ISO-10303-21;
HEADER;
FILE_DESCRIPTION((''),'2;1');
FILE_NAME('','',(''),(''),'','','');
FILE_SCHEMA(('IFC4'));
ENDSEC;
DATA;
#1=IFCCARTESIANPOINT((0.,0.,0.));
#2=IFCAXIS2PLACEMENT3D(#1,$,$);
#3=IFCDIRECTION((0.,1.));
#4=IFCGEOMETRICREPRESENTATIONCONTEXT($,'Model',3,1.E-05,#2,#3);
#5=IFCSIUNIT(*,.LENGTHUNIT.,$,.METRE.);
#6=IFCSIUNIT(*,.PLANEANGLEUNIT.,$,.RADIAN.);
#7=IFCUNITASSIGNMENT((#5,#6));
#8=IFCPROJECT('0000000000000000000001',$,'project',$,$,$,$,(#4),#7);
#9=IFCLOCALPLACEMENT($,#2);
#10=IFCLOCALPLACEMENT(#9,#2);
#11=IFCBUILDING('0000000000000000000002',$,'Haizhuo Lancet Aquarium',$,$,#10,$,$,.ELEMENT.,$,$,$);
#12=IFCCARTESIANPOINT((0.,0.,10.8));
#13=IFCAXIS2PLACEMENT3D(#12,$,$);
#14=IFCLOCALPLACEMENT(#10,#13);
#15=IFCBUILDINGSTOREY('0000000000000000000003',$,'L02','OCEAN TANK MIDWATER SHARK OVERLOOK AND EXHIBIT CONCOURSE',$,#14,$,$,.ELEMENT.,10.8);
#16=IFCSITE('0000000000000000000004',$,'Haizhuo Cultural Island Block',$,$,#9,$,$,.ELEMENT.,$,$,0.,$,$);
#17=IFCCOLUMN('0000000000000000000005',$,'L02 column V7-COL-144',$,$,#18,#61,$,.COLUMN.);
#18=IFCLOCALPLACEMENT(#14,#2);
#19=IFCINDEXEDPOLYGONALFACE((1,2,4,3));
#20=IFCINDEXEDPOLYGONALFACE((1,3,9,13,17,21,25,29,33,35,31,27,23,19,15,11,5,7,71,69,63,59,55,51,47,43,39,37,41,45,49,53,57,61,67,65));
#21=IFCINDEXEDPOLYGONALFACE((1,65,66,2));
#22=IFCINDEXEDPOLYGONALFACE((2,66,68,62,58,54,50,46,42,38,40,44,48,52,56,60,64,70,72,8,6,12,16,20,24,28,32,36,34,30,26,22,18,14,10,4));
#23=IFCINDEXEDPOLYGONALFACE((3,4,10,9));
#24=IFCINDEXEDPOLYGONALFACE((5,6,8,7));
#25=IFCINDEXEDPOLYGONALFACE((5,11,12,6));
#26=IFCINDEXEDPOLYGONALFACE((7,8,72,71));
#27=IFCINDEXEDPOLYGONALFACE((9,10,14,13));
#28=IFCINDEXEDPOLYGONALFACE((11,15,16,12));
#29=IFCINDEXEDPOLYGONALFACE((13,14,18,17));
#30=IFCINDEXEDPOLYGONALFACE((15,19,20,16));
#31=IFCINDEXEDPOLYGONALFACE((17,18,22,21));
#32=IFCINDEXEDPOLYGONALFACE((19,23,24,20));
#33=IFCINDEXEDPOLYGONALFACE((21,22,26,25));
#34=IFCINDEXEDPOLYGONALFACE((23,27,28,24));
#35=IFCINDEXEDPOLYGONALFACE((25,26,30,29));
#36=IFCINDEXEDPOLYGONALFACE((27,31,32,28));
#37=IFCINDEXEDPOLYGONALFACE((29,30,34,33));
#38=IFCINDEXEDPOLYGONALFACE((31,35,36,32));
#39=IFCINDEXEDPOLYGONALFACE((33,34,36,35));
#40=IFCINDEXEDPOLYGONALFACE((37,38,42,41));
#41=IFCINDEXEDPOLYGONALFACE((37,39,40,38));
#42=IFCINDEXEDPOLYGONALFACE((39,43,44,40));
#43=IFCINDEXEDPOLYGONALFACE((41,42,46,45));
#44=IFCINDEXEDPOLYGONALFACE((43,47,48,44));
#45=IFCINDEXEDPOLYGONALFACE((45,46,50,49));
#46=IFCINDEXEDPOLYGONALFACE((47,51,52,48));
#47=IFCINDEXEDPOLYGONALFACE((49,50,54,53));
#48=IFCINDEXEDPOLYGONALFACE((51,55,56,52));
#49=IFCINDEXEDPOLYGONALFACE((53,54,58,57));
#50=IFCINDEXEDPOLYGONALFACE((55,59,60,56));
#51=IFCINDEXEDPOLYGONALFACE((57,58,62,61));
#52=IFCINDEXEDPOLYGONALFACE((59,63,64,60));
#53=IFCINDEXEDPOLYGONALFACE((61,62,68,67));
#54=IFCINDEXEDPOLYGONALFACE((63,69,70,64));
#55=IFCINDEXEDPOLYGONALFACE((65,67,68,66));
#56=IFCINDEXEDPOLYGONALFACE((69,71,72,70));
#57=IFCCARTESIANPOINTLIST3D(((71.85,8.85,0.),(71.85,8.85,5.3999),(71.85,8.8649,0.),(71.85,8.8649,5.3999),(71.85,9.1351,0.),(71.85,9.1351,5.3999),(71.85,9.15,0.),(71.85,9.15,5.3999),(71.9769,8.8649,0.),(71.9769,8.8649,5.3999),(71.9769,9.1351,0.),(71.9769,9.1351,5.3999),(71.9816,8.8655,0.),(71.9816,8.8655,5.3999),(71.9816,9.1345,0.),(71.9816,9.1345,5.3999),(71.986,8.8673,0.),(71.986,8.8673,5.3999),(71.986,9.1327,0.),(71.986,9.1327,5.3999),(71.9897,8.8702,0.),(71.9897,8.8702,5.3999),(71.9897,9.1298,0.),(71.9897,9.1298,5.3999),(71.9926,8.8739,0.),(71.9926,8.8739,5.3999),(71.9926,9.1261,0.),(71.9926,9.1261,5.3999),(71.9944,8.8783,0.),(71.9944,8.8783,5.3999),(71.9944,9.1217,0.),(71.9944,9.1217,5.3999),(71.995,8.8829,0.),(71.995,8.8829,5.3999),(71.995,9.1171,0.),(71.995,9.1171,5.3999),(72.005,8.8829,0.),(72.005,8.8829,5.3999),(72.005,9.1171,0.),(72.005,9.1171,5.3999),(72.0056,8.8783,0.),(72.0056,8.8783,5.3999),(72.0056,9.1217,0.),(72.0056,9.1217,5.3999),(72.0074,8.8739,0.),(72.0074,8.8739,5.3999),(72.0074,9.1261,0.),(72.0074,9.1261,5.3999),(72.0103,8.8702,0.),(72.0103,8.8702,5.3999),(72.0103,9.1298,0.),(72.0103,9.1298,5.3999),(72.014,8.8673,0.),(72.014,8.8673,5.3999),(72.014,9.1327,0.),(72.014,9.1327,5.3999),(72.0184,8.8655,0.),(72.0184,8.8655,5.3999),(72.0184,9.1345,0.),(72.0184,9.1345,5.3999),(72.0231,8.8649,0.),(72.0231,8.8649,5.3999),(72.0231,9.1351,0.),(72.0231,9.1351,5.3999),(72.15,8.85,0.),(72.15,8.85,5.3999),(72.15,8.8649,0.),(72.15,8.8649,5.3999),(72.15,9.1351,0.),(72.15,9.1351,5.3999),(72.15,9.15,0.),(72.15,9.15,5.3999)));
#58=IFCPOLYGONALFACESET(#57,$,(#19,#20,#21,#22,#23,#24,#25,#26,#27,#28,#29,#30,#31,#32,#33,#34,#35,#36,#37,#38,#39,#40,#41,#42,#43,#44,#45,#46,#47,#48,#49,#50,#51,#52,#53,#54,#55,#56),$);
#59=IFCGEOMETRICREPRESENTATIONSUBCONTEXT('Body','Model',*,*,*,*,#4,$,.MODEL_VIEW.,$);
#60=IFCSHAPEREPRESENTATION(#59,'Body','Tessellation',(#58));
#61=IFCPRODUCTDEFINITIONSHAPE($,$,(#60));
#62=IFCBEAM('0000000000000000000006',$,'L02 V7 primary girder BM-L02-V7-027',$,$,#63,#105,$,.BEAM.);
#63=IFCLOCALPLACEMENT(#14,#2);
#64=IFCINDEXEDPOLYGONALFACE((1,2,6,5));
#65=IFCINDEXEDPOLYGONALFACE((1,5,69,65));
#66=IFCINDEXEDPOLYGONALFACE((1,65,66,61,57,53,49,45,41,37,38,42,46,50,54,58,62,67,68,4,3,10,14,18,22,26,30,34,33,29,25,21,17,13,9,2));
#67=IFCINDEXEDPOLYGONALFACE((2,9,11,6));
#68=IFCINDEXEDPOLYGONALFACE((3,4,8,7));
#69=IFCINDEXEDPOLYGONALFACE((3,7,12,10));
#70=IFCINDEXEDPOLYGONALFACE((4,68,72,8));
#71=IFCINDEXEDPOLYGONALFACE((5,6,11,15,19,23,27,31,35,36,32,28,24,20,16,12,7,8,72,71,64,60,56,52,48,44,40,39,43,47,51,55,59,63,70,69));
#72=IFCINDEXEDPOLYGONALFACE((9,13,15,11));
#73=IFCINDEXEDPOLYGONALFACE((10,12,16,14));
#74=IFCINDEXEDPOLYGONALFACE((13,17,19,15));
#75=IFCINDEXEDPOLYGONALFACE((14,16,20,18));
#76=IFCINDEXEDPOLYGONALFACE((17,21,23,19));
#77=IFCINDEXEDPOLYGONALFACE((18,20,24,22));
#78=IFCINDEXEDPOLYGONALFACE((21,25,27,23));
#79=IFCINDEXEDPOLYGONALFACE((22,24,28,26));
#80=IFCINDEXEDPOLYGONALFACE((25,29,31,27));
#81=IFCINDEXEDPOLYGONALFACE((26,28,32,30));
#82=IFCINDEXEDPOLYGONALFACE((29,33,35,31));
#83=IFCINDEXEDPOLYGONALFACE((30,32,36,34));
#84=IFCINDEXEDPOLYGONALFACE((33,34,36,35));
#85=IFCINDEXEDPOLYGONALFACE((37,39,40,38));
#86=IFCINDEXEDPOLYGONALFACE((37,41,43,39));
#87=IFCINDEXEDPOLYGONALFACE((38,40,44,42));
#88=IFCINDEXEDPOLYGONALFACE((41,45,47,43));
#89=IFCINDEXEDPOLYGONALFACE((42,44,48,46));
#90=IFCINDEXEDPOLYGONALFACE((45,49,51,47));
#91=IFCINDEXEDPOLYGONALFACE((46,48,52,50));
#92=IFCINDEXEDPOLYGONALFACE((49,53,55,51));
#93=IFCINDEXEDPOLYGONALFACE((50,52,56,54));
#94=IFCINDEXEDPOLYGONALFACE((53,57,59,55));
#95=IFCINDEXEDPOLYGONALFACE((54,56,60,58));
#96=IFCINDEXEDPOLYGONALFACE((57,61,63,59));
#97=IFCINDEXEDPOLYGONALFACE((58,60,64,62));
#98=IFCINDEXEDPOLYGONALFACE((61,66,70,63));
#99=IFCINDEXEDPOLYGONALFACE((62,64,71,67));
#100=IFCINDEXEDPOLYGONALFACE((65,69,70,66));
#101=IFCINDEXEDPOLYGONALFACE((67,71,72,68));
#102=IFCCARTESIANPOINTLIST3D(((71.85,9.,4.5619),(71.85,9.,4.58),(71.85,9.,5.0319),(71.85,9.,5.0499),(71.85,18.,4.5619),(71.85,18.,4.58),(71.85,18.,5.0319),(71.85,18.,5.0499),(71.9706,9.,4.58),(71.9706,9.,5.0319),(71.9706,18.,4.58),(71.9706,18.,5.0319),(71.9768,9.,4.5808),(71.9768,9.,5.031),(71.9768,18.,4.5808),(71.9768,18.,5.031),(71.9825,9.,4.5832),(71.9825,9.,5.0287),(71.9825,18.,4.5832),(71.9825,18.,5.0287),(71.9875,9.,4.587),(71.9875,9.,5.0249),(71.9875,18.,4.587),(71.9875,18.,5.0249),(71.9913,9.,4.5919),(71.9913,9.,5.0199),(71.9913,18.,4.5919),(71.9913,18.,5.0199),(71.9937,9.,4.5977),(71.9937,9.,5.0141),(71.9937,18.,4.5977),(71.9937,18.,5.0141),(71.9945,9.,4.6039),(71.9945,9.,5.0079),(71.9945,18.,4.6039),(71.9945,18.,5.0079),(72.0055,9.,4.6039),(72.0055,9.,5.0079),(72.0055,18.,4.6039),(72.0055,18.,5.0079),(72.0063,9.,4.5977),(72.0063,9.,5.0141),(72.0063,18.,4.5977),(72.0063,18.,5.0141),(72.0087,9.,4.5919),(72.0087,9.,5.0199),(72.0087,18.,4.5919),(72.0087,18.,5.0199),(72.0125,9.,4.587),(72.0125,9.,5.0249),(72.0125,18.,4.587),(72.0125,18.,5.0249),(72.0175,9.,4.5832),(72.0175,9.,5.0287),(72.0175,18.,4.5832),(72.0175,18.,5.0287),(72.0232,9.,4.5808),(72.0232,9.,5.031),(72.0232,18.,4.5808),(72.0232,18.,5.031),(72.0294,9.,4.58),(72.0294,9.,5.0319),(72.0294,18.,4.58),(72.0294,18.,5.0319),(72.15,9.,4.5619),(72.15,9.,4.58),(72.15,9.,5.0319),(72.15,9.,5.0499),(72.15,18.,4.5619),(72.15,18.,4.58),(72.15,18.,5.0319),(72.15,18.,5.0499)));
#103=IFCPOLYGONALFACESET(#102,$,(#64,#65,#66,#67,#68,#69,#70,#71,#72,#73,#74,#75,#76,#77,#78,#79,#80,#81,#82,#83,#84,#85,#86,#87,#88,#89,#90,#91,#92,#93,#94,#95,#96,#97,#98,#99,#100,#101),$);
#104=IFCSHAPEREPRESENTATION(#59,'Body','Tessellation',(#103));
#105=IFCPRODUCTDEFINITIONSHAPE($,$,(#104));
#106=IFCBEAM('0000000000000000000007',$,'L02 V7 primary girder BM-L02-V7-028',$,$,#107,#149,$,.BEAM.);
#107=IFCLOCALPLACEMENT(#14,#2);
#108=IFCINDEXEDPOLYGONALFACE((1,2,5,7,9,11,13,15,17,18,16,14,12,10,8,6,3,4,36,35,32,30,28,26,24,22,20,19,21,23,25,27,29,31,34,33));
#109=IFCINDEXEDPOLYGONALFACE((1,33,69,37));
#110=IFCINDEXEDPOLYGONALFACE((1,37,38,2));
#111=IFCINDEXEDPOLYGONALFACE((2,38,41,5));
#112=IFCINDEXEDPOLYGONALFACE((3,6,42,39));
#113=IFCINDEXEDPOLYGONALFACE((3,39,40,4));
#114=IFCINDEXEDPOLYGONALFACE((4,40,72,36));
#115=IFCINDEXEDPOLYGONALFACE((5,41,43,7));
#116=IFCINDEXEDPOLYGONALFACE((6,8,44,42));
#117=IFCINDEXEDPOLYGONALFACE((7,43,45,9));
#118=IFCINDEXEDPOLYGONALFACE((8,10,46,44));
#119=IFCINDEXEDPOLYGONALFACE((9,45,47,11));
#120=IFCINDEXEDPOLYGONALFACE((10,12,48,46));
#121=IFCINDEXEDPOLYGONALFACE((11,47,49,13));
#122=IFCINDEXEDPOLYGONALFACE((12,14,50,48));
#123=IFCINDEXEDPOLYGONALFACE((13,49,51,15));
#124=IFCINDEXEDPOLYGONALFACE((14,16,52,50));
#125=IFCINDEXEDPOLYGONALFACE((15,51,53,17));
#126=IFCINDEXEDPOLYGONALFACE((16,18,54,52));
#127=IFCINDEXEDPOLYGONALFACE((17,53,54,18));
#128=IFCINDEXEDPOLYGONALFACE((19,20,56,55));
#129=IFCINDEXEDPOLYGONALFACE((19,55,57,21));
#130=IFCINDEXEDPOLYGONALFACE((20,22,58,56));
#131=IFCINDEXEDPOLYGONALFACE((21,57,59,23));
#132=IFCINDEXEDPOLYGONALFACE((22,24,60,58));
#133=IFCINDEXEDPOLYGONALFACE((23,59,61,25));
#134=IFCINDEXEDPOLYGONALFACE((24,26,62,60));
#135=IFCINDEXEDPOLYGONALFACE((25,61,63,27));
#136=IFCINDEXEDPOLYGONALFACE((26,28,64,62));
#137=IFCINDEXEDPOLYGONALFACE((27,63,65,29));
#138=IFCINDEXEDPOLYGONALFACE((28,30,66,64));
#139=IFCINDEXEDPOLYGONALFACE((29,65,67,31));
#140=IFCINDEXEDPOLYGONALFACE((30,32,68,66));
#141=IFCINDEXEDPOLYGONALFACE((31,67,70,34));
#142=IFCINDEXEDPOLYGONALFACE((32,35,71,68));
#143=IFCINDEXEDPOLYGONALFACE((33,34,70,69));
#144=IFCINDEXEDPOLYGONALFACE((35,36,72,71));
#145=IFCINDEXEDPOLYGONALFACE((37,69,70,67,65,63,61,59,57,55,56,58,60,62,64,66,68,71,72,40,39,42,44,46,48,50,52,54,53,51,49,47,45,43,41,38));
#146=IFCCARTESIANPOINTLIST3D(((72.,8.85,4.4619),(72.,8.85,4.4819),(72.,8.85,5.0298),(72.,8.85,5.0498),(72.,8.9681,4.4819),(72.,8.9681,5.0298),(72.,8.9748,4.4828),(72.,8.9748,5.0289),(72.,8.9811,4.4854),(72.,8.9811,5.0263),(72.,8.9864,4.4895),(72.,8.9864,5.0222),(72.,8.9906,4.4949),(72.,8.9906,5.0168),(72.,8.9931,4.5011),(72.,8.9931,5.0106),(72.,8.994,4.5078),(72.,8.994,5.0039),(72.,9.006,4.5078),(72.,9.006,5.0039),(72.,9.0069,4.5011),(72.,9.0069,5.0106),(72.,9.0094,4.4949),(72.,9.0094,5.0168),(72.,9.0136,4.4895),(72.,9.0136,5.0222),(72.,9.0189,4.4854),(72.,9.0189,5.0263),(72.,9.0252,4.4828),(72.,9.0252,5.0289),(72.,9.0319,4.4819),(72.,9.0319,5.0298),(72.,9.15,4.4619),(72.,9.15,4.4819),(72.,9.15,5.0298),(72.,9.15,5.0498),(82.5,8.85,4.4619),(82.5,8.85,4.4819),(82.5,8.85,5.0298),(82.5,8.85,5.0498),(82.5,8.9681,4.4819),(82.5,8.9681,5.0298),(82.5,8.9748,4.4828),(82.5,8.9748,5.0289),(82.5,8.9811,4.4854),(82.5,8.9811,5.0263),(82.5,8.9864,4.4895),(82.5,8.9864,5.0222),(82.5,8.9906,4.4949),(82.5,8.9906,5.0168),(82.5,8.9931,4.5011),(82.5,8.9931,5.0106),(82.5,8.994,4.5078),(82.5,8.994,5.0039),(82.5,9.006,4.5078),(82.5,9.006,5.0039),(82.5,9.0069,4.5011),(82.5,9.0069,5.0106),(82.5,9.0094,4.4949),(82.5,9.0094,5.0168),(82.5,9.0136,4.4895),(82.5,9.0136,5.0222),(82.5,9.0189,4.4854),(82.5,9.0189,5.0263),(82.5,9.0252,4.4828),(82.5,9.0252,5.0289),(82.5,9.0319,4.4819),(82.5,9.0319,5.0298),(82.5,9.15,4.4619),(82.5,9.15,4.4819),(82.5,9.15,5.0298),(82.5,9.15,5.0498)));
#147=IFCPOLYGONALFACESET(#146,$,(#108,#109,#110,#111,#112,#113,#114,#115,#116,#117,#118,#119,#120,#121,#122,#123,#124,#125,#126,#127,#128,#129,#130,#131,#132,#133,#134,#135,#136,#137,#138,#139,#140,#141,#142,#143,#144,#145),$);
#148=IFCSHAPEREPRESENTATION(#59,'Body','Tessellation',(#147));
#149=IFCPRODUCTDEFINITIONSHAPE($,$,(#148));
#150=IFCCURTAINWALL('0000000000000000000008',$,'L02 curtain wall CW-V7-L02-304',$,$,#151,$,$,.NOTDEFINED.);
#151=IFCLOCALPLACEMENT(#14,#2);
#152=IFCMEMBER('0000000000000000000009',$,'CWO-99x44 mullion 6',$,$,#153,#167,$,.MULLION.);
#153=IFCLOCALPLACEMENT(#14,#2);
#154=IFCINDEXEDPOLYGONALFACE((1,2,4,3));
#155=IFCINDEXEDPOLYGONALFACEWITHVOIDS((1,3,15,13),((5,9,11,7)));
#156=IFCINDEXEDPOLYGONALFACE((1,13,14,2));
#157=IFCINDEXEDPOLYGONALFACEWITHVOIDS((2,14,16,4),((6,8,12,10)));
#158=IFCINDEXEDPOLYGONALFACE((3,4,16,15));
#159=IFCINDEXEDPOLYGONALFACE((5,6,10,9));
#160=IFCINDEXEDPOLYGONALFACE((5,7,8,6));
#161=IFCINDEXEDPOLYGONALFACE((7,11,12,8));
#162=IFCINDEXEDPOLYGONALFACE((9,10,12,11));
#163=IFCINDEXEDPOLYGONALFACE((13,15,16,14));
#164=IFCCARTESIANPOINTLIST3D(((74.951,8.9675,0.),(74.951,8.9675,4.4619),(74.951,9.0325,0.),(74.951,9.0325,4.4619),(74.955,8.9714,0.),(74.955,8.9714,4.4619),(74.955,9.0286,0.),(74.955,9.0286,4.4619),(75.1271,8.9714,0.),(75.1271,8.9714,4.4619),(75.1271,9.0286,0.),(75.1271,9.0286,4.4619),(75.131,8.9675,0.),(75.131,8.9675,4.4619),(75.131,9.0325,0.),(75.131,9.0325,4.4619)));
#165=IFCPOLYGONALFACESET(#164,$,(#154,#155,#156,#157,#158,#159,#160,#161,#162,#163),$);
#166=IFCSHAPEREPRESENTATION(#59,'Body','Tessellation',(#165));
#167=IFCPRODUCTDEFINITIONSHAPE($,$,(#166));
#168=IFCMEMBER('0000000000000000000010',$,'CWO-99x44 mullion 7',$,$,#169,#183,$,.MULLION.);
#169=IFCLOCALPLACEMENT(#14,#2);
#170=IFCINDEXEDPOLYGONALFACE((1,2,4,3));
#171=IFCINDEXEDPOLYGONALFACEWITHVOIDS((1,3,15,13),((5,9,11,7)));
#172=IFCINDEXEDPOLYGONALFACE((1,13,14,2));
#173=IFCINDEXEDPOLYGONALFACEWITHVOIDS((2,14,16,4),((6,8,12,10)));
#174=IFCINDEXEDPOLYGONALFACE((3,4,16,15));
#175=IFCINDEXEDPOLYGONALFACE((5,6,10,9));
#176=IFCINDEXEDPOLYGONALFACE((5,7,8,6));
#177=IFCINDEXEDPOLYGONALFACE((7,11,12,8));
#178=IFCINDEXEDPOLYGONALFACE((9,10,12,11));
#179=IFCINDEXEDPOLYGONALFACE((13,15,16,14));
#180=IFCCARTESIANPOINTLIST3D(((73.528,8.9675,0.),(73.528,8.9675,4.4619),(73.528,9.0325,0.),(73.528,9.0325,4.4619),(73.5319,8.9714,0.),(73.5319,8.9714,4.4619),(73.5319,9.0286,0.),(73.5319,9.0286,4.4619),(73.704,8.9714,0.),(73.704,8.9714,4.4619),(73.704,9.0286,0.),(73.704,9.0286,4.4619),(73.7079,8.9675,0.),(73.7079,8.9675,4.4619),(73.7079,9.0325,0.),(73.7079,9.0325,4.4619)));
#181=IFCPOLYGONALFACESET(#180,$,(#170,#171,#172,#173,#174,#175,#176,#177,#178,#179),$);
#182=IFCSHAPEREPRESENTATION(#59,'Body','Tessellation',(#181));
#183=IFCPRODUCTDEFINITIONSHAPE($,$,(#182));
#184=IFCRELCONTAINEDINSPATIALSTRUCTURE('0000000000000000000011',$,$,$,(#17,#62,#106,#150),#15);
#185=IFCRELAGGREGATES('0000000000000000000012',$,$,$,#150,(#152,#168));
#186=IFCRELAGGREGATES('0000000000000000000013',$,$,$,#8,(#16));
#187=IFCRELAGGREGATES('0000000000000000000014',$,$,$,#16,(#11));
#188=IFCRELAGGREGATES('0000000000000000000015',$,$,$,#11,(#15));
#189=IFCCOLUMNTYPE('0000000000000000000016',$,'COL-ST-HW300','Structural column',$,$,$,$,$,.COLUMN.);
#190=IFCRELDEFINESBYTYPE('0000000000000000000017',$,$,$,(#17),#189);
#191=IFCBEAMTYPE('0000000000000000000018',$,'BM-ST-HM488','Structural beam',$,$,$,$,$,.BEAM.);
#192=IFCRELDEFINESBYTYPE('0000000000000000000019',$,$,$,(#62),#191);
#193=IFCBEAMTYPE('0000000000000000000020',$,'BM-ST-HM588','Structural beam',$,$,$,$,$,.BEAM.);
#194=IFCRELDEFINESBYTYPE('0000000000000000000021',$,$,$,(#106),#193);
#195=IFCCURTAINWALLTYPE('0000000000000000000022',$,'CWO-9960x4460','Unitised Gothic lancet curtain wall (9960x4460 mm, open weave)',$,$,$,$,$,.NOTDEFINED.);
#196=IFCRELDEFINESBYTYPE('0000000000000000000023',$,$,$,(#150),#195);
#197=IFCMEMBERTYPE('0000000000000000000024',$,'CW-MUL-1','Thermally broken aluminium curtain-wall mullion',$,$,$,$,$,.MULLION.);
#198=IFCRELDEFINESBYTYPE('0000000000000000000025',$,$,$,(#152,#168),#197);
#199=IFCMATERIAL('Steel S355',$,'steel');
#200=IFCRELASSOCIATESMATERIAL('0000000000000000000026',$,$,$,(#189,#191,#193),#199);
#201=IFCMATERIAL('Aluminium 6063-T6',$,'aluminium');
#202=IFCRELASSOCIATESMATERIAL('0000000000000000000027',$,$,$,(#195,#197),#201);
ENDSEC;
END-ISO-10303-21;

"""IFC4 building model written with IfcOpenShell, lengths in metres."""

from ifc_helpers import new_model, si_unit, direction, frame, origin, origin_2d, place, context, subcontext, project, spatial, hollow_rectangle, i_section, extrude, material, material_profile, profile_set, type_object, element, aggregate, save


model = new_model("IFC4")

# Units and contexts
model_context = context("Model", 3, precision=1e-05, world=origin(), true_north=direction((0.0, 1.0)))
body_context = subcontext(model_context, "Body", "Model", "MODEL_VIEW")
ifc_project = project(units=[si_unit("LENGTHUNIT", "METRE"), si_unit("PLANEANGLEUNIT", "RADIAN")], contexts=[model_context])

# Site, building, storey
site_placement = place(None, origin())
site = spatial("IfcSite", under=ifc_project, at=site_placement, Name="Haizhuo Cultural Island Block", CompositionType="ELEMENT", RefElevation=0.0)
building_placement = place(site_placement, origin())
building = spatial("IfcBuilding", under=site, at=building_placement, Name="Haizhuo Lancet Aquarium", CompositionType="ELEMENT")
storey_placement = place(building_placement, frame((0.0, 0.0, 10.8)))
storey = spatial("IfcBuildingStorey", under=building, at=storey_placement, Name="L02", Description="OCEAN TANK MIDWATER SHARK OVERLOOK AND EXHIBIT CONCOURSE", CompositionType="ELEMENT", Elevation=10.8)

# Column
ifc_material_1 = material(Name="Steel S355", Category="steel")
ifc_material_profile_1 = material_profile(ifc_material_1, i_section(OverallWidth=0.3, OverallDepth=0.3, WebThickness=0.01, FlangeThickness=0.0149, FilletRadius=0.0181, at=origin_2d()), Name="HW 300x300x10x15")
ifc_profile_set_1 = profile_set([ifc_material_profile_1], Name="Steel S355")
column_type = type_object("IfcColumnType", Name="COL-ST-HW300", Description="Structural column", PredefinedType="COLUMN", material=ifc_profile_set_1)
column_placement = place(storey_placement, frame((72.0, 9.0, 0.0), z_axis=(0.0, 0.0, 1.0), x_axis=(1.0, 0.0, 0.0)))
element("IfcColumn", 1, at=column_placement, inside=storey, type_object=column_type, Name="L02 column V7-COL-144", PredefinedType="COLUMN", context=body_context, shape_type="SweptSolid", body=[
    extrude(i_section(OverallWidth=0.3, OverallDepth=0.3, WebThickness=0.01, FlangeThickness=0.0149, FilletRadius=0.0181, at=origin_2d()), origin(), (0.0, 0.0, 1.0), 5.3999),
])

# Beams
ifc_material_profile_2 = material_profile(ifc_material_1, i_section(OverallWidth=0.3, OverallDepth=0.488, WebThickness=0.011, FlangeThickness=0.0181, FilletRadius=0.0239, at=origin_2d()), Name="HM 488x300x11x18")
ifc_profile_set_2 = profile_set([ifc_material_profile_2], Name="Steel S355")
beam_type_1 = type_object("IfcBeamType", Name="BM-ST-HM488", Description="Structural beam", PredefinedType="BEAM", material=ifc_profile_set_2)
beam_1_placement = place(storey_placement, frame((72.0, 9.0, 4.8059), z_axis=(0.0, 1.0, 0.0), x_axis=(-1.0, 0.0, 0.0)))
element("IfcBeam", 2, at=beam_1_placement, inside=storey, type_object=beam_type_1, Name="L02 V7 primary girder BM-L02-V7-027", PredefinedType="BEAM", context=body_context, shape_type="SweptSolid", body=[
    extrude(i_section(OverallWidth=0.3, OverallDepth=0.488, WebThickness=0.011, FlangeThickness=0.0181, FilletRadius=0.0239, at=origin_2d()), origin(), (0.0, 0.0, 1.0), 9.0),
])
ifc_material_profile_3 = material_profile(ifc_material_1, i_section(OverallWidth=0.3, OverallDepth=0.5879, WebThickness=0.012, FlangeThickness=0.02, FilletRadius=0.0259, at=origin_2d()), Name="HM 588x300x12x20")
ifc_profile_set_3 = profile_set([ifc_material_profile_3], Name="Steel S355")
beam_type_2 = type_object("IfcBeamType", Name="BM-ST-HM588", Description="Structural beam", PredefinedType="BEAM", material=ifc_profile_set_3)
beam_2_placement = place(storey_placement, frame((72.0, 9.0, 4.7559), z_axis=(1.0, 0.0, 0.0), x_axis=(0.0, 1.0, 0.0)))
element("IfcBeam", 3, at=beam_2_placement, inside=storey, type_object=beam_type_2, Name="L02 V7 primary girder BM-L02-V7-028", PredefinedType="BEAM", context=body_context, shape_type="SweptSolid", body=[
    extrude(i_section(OverallWidth=0.3, OverallDepth=0.5879, WebThickness=0.012, FlangeThickness=0.02, FilletRadius=0.0259, at=origin_2d()), origin(), (0.0, 0.0, 1.0), 10.5),
])

# Curtain wall, members
ifc_material_2 = material(Name="Aluminium 6063-T6", Category="aluminium")
curtain_wall_type = type_object("IfcCurtainWallType", Name="CWO-9960x4460", Description="Unitised Gothic lancet curtain wall (9960x4460 mm, open weave)", PredefinedType="NOTDEFINED", material=ifc_material_2)
curtain_wall_placement = place(storey_placement, origin())
curtain_wall = element("IfcCurtainWall", 4, at=curtain_wall_placement, inside=storey, type_object=curtain_wall_type, Name="L02 curtain wall CW-V7-L02-304", PredefinedType="NOTDEFINED")
ifc_material_profile_4 = material_profile(ifc_material_2, hollow_rectangle(XDim=0.0649, YDim=0.1799, WallThickness=0.0039, at=origin_2d()), Name="ALU-M 65x180x4")
ifc_profile_set_4 = profile_set([ifc_material_profile_4], Name="Aluminium 6063-T6")
member_type_1 = type_object("IfcMemberType", Name="CW-MUL-1", Description="Thermally broken aluminium curtain-wall mullion", PredefinedType="MULLION", material=ifc_profile_set_4)
member_1_placement = place(storey_placement, frame((75.041, 9.0, 0.0), z_axis=(0.0, 0.0, 1.0), x_axis=(0.0, -1.0, 0.0)))
member_1 = element("IfcMember", 5, at=member_1_placement, type_object=member_type_1, Name="CWO-99x44 mullion 6", PredefinedType="MULLION", context=body_context, shape_type="SweptSolid", body=[
    extrude(hollow_rectangle(XDim=0.0649, YDim=0.1799, WallThickness=0.0039, at=origin_2d()), origin(), (0.0, 0.0, 1.0), 4.4619),
])
member_2_placement = place(storey_placement, frame((73.6179, 9.0, 0.0), z_axis=(0.0, 0.0, 1.0), x_axis=(0.0, -1.0, 0.0)))
member_2 = element("IfcMember", 6, at=member_2_placement, type_object=member_type_1, Name="CWO-99x44 mullion 7", PredefinedType="MULLION", context=body_context, shape_type="SweptSolid", body=[
    extrude(hollow_rectangle(XDim=0.0649, YDim=0.1799, WallThickness=0.0039, at=origin_2d()), origin(), (0.0, 0.0, 1.0), 4.4619),
])

aggregate(curtain_wall, [member_1, member_2])

save(model, "model.ifc")
